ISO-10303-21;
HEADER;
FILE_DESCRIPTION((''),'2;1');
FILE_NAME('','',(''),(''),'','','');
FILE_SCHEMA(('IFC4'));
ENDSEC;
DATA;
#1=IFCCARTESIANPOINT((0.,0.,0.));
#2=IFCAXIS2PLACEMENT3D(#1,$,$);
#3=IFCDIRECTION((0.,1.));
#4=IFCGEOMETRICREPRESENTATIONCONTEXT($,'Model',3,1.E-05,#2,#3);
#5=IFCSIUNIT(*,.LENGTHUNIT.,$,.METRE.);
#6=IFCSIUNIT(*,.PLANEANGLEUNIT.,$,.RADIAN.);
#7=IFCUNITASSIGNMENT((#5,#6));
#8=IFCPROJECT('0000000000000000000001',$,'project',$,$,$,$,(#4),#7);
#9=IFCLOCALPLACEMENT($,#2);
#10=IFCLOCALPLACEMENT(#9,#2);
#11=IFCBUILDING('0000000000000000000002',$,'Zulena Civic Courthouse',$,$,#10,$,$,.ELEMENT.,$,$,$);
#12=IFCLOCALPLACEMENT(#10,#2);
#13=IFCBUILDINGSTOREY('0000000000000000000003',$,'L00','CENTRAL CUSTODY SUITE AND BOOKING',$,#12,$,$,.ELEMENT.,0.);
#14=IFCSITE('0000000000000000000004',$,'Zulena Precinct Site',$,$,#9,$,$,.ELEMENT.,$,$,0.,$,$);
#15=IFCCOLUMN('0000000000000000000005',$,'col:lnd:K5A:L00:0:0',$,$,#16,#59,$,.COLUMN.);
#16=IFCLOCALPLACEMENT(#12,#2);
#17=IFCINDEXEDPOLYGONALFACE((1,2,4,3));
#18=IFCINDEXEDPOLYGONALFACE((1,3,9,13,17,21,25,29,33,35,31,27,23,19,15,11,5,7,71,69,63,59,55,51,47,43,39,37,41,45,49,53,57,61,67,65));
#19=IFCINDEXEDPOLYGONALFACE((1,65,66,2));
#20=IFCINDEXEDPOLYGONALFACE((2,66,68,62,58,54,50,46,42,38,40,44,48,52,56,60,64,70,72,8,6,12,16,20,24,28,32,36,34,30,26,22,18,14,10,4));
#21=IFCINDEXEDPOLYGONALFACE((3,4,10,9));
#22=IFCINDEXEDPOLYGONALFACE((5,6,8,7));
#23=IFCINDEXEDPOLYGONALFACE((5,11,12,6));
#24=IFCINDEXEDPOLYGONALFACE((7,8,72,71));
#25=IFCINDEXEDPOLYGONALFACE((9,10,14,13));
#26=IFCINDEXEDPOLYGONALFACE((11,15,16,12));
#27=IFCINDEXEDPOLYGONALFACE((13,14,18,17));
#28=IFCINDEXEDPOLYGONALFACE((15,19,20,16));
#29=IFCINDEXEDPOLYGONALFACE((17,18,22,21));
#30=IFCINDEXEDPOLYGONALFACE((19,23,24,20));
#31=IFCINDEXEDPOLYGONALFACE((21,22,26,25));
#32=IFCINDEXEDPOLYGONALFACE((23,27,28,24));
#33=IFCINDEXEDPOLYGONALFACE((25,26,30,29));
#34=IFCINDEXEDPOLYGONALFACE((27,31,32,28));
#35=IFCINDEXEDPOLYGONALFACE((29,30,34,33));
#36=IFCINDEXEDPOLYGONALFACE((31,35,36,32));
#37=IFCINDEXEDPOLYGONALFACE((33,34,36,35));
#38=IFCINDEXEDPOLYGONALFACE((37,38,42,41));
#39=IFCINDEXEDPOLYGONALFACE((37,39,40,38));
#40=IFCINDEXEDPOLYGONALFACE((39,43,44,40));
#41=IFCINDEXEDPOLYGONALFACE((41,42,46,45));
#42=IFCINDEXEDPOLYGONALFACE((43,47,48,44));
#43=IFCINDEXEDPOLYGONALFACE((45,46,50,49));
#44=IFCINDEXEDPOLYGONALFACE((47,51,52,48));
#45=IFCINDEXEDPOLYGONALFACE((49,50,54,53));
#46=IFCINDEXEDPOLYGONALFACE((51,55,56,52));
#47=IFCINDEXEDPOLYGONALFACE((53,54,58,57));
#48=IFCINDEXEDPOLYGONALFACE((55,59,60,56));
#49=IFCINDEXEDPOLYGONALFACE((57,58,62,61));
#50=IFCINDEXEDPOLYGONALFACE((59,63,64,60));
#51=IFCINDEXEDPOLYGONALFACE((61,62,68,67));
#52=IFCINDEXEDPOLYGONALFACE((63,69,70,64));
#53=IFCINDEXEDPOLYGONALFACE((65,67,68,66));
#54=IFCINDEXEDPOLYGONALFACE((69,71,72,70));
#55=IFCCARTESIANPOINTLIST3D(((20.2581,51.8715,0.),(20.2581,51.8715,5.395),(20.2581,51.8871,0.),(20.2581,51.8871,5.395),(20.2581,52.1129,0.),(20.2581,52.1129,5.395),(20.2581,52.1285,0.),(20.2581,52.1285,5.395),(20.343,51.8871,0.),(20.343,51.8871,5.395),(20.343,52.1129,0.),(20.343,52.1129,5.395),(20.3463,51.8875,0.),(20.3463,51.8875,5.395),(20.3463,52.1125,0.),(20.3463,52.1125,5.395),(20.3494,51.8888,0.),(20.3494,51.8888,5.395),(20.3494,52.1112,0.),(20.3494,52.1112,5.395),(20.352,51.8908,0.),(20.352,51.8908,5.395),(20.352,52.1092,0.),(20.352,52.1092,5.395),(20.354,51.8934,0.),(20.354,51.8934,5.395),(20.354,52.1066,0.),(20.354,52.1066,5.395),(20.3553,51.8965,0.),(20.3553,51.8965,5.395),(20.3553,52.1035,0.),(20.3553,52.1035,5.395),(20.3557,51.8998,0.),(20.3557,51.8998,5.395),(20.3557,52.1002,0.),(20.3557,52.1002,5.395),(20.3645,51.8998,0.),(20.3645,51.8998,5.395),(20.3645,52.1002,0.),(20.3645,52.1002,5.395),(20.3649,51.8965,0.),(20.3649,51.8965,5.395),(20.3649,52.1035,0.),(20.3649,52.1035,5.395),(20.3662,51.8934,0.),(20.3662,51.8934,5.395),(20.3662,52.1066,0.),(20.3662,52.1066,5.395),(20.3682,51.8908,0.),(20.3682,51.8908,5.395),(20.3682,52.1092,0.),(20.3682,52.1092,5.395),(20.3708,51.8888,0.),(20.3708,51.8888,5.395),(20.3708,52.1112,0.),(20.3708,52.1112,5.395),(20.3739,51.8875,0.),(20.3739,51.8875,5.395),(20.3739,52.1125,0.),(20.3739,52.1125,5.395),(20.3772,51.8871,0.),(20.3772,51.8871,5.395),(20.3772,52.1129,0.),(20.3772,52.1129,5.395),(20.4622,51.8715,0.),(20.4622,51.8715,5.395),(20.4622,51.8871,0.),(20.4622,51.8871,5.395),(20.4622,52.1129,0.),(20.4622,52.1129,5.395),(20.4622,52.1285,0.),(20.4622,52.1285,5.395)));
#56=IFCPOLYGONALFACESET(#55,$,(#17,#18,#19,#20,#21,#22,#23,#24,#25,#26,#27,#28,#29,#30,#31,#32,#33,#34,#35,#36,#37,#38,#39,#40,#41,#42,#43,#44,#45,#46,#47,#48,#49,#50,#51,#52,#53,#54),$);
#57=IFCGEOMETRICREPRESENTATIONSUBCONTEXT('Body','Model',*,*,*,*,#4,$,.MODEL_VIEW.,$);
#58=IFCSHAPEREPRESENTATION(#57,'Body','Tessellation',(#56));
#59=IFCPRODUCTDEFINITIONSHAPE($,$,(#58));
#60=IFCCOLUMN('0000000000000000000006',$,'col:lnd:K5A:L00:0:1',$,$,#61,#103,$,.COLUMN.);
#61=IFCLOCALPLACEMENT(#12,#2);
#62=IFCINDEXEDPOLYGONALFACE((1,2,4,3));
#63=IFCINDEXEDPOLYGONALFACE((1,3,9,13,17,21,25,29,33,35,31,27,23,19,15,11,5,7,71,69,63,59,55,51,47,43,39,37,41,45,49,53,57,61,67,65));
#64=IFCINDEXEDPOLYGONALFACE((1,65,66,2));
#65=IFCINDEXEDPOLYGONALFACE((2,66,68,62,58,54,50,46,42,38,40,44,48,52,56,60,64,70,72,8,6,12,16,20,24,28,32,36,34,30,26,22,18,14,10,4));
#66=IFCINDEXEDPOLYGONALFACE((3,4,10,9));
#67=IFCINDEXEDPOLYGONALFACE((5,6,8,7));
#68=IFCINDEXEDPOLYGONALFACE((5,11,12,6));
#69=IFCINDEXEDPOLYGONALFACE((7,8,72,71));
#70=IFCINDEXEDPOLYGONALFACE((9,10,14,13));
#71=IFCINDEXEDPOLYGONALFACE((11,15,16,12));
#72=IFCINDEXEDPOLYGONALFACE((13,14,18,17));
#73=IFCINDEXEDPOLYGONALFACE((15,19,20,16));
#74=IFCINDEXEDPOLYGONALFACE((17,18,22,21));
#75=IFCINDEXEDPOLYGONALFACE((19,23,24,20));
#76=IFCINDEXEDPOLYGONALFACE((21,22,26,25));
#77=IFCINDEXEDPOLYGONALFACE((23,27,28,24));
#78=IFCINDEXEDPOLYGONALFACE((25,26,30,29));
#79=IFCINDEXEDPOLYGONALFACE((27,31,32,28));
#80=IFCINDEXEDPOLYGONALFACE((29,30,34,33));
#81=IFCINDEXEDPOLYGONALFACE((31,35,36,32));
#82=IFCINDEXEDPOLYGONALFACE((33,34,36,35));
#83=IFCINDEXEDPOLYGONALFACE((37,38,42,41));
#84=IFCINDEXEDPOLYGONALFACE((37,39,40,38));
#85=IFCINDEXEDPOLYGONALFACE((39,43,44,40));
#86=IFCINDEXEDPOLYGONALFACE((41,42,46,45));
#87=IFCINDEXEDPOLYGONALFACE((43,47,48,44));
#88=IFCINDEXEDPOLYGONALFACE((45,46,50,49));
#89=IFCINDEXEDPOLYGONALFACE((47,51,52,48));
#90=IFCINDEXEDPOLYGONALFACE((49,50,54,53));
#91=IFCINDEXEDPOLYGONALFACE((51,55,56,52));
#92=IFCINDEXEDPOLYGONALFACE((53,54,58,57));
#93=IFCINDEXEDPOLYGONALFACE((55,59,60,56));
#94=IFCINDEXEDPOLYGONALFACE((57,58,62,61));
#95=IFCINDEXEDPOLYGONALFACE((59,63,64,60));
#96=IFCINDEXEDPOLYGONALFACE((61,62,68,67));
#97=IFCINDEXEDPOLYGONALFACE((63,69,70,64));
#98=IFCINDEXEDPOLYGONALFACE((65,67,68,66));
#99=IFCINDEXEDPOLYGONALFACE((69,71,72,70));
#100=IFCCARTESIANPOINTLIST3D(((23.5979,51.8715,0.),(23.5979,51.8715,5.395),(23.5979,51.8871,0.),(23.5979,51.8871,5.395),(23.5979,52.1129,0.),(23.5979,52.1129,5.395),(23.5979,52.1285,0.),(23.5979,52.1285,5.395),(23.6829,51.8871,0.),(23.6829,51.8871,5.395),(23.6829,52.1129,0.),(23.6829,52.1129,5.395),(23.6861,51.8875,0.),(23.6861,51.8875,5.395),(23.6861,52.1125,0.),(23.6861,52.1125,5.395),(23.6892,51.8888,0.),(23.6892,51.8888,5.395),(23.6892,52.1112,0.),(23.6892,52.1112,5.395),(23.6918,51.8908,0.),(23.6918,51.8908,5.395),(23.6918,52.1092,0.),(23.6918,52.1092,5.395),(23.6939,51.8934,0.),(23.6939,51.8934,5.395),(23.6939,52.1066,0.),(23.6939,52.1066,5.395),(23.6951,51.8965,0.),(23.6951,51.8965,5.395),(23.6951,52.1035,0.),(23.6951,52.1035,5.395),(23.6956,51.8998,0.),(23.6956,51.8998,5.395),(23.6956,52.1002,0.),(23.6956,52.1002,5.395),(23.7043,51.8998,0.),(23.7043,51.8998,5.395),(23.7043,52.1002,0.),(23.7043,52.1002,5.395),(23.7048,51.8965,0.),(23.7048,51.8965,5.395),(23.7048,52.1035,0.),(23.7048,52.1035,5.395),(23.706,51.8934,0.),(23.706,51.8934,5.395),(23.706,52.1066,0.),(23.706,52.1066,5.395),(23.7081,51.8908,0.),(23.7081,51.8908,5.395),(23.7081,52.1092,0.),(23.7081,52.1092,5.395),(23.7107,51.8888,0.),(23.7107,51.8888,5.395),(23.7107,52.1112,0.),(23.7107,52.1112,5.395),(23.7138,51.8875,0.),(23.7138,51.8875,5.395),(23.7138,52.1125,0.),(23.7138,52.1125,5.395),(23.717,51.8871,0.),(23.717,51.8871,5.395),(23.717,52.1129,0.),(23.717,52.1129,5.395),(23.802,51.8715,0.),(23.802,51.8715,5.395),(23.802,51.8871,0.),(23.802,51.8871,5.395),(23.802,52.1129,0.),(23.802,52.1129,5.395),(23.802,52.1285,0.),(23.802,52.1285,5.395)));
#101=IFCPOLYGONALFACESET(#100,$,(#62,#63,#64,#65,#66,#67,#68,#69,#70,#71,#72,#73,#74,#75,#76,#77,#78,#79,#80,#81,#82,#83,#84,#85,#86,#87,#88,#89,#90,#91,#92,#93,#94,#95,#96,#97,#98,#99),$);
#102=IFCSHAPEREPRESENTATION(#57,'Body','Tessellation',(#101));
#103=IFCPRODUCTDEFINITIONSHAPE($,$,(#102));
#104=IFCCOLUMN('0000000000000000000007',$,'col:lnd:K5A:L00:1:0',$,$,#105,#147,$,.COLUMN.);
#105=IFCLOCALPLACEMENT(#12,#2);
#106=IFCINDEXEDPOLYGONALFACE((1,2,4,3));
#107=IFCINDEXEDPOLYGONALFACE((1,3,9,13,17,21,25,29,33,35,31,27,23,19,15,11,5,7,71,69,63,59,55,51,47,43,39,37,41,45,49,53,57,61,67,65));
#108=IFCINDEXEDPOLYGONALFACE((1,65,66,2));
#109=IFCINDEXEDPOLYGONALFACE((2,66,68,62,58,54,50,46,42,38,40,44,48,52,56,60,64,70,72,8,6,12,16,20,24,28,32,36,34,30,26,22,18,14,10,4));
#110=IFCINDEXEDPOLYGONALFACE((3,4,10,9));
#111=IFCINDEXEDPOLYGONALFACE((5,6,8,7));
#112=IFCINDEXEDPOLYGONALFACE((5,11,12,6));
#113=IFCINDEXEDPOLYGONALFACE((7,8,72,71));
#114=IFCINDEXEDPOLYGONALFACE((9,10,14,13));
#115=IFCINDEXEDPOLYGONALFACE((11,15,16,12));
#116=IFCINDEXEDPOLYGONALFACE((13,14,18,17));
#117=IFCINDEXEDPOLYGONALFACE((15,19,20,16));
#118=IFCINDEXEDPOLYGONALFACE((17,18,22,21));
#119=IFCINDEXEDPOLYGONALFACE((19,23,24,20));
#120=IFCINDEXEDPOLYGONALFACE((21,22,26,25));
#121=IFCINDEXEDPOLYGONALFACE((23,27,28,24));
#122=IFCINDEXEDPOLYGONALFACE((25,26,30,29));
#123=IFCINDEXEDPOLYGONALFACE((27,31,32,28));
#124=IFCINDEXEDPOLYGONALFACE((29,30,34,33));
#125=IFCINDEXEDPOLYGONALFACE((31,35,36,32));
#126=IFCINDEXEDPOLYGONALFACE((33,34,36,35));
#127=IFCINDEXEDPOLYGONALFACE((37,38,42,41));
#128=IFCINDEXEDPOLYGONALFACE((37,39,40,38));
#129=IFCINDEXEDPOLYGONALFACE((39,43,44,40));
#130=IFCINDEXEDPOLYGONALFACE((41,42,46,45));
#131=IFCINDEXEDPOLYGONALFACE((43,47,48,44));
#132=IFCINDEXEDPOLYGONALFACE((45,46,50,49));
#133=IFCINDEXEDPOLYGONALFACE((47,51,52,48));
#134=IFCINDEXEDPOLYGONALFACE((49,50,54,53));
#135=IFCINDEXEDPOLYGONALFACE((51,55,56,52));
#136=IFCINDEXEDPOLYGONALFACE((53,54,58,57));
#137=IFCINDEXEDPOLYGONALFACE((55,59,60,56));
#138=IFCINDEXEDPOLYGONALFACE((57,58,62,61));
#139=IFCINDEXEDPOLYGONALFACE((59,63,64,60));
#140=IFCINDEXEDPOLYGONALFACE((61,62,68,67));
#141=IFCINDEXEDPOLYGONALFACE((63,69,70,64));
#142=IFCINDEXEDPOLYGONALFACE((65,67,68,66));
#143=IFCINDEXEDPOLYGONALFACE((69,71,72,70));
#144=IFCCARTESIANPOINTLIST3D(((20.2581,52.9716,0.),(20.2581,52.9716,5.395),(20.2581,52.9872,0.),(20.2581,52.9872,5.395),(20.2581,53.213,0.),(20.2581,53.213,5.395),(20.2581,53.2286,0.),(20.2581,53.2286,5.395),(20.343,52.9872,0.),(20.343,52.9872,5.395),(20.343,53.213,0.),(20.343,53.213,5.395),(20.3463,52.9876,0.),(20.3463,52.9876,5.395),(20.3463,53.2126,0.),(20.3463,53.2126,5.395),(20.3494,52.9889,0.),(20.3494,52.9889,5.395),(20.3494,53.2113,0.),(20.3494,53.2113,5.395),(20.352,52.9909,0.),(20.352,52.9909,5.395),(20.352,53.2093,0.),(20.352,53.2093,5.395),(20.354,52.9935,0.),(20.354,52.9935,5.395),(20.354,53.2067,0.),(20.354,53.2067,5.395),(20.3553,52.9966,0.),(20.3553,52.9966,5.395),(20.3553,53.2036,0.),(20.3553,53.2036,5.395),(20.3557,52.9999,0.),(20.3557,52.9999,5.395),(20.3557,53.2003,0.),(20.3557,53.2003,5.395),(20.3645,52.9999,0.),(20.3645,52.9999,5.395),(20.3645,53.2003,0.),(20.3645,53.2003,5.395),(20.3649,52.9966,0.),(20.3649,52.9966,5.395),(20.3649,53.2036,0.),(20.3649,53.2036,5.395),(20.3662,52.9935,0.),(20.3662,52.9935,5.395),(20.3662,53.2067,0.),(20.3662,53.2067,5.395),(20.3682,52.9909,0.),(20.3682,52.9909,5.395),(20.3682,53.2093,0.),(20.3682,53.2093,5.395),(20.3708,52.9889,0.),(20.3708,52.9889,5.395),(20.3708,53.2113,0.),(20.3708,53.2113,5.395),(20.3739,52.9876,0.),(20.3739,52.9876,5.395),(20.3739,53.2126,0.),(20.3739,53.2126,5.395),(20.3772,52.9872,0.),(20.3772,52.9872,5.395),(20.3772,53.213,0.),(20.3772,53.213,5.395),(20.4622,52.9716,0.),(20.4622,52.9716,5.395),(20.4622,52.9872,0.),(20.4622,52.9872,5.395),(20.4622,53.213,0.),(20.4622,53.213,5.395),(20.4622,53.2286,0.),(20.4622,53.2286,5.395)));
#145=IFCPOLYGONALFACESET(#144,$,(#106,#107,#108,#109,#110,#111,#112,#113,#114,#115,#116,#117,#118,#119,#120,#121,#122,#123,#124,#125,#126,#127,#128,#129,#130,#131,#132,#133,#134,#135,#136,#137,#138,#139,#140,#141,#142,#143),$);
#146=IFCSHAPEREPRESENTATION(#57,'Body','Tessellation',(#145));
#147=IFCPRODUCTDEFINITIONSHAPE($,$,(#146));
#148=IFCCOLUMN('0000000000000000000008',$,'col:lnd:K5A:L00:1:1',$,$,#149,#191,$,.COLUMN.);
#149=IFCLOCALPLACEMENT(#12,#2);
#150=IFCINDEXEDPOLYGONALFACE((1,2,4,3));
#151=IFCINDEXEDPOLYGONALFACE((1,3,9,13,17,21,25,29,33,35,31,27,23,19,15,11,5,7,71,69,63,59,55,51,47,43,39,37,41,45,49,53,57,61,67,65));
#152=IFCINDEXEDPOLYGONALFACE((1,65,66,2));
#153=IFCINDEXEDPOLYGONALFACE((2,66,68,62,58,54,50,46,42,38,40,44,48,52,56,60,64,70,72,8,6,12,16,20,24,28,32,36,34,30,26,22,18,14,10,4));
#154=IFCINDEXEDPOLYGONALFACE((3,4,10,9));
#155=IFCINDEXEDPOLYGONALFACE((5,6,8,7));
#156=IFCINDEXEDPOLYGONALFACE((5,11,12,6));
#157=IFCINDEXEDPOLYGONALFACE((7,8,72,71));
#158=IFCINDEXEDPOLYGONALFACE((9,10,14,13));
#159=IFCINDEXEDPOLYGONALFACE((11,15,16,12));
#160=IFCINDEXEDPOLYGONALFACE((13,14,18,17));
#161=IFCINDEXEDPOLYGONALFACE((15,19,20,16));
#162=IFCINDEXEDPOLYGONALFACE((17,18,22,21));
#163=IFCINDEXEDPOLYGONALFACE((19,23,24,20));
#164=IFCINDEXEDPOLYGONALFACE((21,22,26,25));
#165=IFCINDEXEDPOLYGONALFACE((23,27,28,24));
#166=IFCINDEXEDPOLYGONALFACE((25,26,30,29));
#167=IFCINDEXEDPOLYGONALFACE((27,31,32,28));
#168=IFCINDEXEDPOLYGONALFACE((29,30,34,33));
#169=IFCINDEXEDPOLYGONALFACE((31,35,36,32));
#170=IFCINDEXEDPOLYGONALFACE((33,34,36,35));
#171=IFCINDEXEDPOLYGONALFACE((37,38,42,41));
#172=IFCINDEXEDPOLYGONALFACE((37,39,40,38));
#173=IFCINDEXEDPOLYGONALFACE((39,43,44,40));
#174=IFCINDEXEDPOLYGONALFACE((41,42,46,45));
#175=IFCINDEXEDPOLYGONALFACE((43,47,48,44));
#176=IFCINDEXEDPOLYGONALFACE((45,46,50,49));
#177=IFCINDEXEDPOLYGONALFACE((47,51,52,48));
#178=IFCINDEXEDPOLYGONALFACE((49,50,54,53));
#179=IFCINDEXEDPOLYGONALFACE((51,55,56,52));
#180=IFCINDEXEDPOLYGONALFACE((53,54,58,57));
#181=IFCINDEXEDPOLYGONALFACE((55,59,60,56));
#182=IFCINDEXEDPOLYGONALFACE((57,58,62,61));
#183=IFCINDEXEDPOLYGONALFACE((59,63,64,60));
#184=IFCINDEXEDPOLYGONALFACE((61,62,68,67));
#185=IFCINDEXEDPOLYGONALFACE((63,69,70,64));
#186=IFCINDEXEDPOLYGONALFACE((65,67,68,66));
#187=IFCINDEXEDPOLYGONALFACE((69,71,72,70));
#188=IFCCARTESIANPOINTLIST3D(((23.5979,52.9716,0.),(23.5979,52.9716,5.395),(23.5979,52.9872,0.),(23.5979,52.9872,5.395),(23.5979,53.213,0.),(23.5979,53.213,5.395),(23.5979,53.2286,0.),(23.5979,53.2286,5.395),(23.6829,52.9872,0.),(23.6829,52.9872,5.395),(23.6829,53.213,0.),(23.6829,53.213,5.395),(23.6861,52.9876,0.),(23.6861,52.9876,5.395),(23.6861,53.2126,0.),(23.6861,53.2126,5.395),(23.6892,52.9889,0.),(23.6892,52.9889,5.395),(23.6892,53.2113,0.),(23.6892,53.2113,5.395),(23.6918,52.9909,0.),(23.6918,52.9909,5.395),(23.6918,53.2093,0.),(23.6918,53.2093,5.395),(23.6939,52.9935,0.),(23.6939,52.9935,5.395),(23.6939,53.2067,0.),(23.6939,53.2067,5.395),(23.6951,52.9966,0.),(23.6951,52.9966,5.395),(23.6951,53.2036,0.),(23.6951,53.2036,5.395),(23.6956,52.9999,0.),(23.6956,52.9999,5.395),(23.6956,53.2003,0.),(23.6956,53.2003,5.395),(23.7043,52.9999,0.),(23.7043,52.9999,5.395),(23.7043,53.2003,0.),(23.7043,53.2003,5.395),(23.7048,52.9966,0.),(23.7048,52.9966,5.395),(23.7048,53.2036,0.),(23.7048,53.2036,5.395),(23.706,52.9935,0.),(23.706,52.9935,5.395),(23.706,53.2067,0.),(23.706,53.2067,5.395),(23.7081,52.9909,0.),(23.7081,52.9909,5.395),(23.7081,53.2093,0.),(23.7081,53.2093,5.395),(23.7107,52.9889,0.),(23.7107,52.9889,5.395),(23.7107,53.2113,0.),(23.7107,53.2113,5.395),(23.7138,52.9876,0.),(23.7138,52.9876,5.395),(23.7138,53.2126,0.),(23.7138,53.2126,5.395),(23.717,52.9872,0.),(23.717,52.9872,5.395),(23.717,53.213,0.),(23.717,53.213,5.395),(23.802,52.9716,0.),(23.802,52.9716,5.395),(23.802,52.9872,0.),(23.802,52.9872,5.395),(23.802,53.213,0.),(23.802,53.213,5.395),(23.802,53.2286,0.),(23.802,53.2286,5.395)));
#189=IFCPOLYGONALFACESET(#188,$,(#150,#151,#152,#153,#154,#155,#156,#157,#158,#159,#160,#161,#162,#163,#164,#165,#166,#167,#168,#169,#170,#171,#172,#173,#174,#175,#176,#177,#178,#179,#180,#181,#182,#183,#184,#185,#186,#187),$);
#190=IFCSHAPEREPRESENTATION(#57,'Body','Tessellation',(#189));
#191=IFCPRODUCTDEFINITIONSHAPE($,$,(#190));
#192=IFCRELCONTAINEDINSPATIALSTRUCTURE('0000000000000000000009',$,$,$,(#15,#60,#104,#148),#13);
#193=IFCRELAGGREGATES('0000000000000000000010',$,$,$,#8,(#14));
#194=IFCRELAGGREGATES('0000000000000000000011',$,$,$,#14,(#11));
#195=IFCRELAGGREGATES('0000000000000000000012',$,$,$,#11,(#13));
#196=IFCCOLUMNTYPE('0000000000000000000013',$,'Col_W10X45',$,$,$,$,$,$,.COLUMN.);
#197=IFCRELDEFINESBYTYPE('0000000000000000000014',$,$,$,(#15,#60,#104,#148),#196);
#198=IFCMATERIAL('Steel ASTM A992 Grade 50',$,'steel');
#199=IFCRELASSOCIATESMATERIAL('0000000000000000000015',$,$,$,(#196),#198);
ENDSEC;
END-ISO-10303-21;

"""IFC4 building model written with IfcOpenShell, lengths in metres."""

from ifc_helpers import new_model, si_unit, direction, frame, origin, origin_2d, place, context, subcontext, project, spatial, i_section, extrude, material, material_profile, profile_set, type_object, element, save


model = new_model("IFC4")

# Units and contexts
model_context = context("Model", 3, precision=1e-05, world=origin(), true_north=direction((0.0, 1.0)))
body_context = subcontext(model_context, "Body", "Model", "MODEL_VIEW")
ifc_project = project(units=[si_unit("LENGTHUNIT", "METRE"), si_unit("PLANEANGLEUNIT", "RADIAN")], contexts=[model_context])

# Site, building, storey
site_placement = place(None, origin())
site = spatial("IfcSite", under=ifc_project, at=site_placement, Name="Zulena Precinct Site", CompositionType="ELEMENT", RefElevation=0.0)
building_placement = place(site_placement, origin())
building = spatial("IfcBuilding", under=site, at=building_placement, Name="Zulena Civic Courthouse", CompositionType="ELEMENT")
storey_placement = place(building_placement, origin())
storey = spatial("IfcBuildingStorey", under=building, at=storey_placement, Name="L00", Description="CENTRAL CUSTODY SUITE AND BOOKING", CompositionType="ELEMENT", Elevation=0.0)

# Columns
ifc_material_1 = material(Name="Steel ASTM A992 Grade 50", Category="steel")
ifc_material_profile_1 = material_profile(ifc_material_1, i_section(OverallWidth=0.2041, OverallDepth=0.2571, WebThickness=0.0088, FlangeThickness=0.0156, FilletRadius=0.0127, at=origin_2d()), Name="W10X45")
ifc_profile_set_1 = profile_set([ifc_material_profile_1], Name="Steel ASTM A992 Grade 50")
column_type_1 = type_object("IfcColumnType", Name="Col_W10X45", PredefinedType="COLUMN", material=ifc_profile_set_1)
for number, where, z_axis, x_axis, name in (
    (1, (20.3601, 52.0, 0.0), (0.0, 0.0, 1.0), (1.0, 0.0, 0.0), "col:lnd:K5A:L00:0:0"),
    (2, (23.7, 52.0, 0.0), (0.0, 0.0, 1.0), (1.0, 0.0, 0.0), "col:lnd:K5A:L00:0:1"),
    (3, (20.3601, 53.1001, 0.0), (0.0, 0.0, 1.0), (1.0, 0.0, 0.0), "col:lnd:K5A:L00:1:0"),
    (4, (23.7, 53.1001, 0.0), (0.0, 0.0, 1.0), (1.0, 0.0, 0.0), "col:lnd:K5A:L00:1:1"),
):
    element("IfcColumn", number, at=place(storey_placement, frame(where, z_axis=z_axis, x_axis=x_axis)), inside=storey, type_object=column_type_1, Name=name, PredefinedType="COLUMN", context=body_context, shape_type="SweptSolid", body=[
        extrude(i_section(OverallWidth=0.2041, OverallDepth=0.2571, WebThickness=0.0088, FlangeThickness=0.0156, FilletRadius=0.0127, at=origin_2d()), origin(), (0.0, 0.0, 1.0), 5.395),
    ])

save(model, "model.ifc")
